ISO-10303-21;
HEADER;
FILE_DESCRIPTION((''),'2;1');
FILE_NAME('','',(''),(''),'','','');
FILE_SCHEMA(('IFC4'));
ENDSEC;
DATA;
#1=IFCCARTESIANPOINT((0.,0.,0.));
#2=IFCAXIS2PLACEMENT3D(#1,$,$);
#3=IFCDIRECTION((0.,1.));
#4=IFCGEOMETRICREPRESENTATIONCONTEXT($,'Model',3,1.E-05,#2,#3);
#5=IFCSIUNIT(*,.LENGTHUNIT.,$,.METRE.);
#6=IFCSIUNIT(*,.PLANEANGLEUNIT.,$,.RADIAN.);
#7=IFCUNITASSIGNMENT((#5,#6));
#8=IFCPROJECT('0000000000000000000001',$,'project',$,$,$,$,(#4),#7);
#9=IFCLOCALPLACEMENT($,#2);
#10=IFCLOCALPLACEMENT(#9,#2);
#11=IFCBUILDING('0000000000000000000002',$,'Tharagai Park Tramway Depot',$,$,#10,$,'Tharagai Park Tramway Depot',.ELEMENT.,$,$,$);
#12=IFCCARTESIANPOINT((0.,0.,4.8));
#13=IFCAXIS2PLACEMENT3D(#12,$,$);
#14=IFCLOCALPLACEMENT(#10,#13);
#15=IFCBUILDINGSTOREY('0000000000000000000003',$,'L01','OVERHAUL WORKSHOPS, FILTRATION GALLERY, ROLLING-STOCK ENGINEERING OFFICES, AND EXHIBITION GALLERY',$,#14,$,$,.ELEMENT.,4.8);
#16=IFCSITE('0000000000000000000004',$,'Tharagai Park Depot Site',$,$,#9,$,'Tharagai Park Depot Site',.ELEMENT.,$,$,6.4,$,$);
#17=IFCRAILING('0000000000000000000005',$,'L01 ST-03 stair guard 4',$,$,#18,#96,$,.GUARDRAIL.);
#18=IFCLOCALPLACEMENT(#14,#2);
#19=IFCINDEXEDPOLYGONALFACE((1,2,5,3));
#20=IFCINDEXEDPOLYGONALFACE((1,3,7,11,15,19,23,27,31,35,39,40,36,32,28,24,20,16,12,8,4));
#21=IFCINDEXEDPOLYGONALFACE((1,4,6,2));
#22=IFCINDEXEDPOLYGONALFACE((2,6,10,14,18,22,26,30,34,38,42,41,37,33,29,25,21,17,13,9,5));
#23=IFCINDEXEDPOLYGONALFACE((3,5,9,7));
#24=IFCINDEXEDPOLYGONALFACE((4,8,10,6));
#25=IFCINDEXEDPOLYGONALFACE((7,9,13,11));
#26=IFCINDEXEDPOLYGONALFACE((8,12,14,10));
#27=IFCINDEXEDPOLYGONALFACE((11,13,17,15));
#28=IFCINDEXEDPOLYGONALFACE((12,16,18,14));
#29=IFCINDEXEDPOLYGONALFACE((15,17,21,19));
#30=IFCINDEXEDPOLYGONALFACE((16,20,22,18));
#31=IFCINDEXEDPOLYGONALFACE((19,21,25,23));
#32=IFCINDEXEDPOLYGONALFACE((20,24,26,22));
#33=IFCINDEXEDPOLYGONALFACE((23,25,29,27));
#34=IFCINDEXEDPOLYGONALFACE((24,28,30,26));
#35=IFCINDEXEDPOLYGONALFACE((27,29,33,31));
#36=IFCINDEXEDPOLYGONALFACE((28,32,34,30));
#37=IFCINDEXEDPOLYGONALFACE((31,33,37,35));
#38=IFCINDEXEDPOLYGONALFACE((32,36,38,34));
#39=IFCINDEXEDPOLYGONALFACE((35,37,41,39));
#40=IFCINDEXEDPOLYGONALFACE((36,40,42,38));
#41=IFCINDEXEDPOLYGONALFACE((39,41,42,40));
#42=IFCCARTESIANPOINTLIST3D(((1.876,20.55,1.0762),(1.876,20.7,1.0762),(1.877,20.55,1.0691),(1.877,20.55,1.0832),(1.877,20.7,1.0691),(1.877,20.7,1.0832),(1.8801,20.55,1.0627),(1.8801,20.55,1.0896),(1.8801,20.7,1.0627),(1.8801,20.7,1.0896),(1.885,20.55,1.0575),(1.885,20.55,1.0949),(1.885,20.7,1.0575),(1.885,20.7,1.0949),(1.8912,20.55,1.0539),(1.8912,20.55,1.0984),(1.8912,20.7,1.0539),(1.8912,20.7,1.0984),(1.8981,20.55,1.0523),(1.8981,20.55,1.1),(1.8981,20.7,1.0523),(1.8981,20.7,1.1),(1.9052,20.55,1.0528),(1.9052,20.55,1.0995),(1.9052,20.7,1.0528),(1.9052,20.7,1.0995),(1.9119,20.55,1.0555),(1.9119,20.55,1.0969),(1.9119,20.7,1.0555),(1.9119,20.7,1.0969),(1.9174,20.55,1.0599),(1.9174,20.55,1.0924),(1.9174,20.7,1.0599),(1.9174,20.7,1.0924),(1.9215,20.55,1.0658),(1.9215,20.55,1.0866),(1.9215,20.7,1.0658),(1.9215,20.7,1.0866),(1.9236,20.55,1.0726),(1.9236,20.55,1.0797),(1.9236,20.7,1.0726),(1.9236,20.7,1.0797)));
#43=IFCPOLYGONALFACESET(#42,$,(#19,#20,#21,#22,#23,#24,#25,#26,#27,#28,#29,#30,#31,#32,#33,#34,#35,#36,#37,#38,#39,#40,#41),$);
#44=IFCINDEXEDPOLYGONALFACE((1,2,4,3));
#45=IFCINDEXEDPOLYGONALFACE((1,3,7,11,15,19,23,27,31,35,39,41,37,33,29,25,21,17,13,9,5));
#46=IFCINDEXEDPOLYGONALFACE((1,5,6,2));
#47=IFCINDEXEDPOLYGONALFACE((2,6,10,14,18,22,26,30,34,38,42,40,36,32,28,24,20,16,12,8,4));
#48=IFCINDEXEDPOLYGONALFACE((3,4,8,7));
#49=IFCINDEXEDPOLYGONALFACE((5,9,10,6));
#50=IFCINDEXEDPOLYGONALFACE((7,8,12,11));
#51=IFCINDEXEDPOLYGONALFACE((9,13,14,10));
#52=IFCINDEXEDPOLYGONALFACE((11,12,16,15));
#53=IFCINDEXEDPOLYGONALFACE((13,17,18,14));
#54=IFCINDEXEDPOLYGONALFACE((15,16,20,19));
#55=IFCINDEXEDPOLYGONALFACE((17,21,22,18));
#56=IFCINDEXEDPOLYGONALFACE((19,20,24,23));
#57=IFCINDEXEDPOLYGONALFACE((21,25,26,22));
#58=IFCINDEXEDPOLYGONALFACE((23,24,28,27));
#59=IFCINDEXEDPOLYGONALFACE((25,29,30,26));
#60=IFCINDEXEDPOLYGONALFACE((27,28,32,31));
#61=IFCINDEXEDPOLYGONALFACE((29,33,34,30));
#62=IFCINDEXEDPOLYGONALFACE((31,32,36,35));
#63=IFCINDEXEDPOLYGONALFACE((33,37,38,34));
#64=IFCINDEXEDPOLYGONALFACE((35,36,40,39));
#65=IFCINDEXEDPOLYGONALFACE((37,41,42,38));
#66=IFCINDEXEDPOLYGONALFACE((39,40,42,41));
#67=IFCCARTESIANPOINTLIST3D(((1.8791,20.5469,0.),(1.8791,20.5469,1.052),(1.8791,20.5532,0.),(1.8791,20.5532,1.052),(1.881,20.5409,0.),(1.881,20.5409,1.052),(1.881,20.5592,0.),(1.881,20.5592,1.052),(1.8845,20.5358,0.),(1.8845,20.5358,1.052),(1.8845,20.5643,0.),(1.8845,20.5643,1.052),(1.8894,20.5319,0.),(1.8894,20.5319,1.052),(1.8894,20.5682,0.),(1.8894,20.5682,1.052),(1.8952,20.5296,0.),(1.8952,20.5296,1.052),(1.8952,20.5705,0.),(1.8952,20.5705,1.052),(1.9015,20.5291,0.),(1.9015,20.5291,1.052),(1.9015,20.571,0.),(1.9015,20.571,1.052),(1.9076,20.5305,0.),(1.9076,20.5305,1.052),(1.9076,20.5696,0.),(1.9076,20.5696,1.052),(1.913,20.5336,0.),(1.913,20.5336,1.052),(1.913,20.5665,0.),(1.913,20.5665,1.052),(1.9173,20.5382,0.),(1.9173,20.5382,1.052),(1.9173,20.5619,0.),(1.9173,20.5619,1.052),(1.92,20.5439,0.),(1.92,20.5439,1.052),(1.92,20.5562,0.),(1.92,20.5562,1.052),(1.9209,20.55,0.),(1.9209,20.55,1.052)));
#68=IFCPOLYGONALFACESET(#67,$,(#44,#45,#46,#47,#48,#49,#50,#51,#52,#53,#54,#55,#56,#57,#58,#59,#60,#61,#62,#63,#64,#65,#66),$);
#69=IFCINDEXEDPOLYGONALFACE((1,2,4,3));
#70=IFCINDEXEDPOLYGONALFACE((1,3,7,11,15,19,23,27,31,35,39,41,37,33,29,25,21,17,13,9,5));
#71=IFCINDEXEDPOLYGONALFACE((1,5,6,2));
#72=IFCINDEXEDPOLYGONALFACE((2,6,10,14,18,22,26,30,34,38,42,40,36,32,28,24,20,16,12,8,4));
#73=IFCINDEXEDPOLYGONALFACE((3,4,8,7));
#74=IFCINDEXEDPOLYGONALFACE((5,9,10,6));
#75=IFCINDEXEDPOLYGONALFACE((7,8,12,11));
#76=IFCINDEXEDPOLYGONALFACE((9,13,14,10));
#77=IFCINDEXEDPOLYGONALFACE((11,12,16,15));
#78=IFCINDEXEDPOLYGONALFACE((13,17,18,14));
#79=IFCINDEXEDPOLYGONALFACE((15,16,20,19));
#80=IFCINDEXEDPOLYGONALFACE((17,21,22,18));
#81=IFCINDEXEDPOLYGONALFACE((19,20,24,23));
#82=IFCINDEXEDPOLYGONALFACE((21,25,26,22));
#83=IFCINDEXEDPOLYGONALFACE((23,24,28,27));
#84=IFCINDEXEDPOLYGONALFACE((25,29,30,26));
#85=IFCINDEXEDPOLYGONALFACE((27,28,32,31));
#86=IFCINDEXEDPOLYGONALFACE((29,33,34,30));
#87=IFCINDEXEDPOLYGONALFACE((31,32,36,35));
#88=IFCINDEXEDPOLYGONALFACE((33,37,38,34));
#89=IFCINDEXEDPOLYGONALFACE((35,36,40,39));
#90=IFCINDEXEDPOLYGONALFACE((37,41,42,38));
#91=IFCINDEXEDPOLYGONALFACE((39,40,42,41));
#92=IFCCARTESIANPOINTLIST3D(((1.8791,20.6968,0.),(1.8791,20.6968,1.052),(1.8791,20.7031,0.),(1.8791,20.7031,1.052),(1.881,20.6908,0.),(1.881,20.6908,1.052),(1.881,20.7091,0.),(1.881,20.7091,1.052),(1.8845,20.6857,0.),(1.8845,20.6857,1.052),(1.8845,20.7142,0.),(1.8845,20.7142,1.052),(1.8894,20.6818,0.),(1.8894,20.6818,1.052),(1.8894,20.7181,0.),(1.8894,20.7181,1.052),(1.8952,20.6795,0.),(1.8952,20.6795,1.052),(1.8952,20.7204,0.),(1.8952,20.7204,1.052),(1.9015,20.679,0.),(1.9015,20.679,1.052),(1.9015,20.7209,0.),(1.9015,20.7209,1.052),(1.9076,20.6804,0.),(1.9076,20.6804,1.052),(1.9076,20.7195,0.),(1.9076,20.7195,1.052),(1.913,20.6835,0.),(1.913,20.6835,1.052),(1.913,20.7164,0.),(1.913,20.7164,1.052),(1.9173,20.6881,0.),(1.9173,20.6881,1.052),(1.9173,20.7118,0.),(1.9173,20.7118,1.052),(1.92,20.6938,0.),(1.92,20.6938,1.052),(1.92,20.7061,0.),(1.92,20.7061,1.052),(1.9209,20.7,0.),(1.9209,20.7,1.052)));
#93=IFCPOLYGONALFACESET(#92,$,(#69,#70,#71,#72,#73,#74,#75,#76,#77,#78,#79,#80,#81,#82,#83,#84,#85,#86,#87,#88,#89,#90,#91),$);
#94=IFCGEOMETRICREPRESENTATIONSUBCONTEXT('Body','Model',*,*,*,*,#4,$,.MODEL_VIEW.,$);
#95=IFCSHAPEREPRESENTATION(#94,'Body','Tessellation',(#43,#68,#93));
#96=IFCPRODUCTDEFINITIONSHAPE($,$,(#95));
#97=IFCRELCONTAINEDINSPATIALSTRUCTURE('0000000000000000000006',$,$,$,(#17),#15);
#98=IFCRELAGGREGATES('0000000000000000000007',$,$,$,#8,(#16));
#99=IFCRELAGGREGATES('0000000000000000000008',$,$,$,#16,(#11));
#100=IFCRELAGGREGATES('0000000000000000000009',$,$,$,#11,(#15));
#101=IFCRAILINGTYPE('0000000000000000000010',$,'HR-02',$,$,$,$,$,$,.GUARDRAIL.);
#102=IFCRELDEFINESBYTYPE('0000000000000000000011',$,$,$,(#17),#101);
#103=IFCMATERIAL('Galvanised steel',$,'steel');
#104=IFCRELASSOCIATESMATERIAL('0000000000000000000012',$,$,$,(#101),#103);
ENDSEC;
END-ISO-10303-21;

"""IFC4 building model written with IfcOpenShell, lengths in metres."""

from ifc_helpers import new_model, si_unit, direction, frame, origin, origin_2d, place, context, subcontext, project, spatial, circle, extrude, material, type_object, element, save


model = new_model("IFC4")

# Units and contexts
model_context = context("Model", 3, precision=1e-05, world=origin(), true_north=direction((0.0, 1.0)))
body_context = subcontext(model_context, "Body", "Model", "MODEL_VIEW")
ifc_project = project(units=[si_unit("LENGTHUNIT", "METRE"), si_unit("PLANEANGLEUNIT", "RADIAN")], contexts=[model_context])

# Site, building, storey
site_placement = place(None, origin())
site = spatial("IfcSite", under=ifc_project, at=site_placement, Name="Tharagai Park Depot Site", LongName="Tharagai Park Depot Site", CompositionType="ELEMENT", RefElevation=6.4)
building_placement = place(site_placement, origin())
building = spatial("IfcBuilding", under=site, at=building_placement, Name="Tharagai Park Tramway Depot", LongName="Tharagai Park Tramway Depot", CompositionType="ELEMENT")
storey_placement = place(building_placement, frame((0.0, 0.0, 4.8)))
storey = spatial("IfcBuildingStorey", under=building, at=storey_placement, Name="L01", Description="OVERHAUL WORKSHOPS, FILTRATION GALLERY, ROLLING-STOCK ENGINEERING OFFICES, AND EXHIBITION GALLERY", CompositionType="ELEMENT", Elevation=4.8)

# Shared definitions
ifc_material_1 = material(Name="Galvanised steel", Category="steel")

# Railing
railing_type_1 = type_object("IfcRailingType", Name="HR-02", PredefinedType="GUARDRAIL", material=ifc_material_1)
railing_1_placement = place(storey_placement, frame((1.8999, 20.55, 0.0)))
element("IfcRailing", 1, at=railing_1_placement, inside=storey, type_object=railing_type_1, Name="L01 ST-03 stair guard 4", PredefinedType="GUARDRAIL", context=body_context, shape_type="SweptSolid", body=[
    extrude(circle(Radius=0.0239, at=origin_2d()), frame((0.0, 0.0, 1.0762), z_axis=(0.0, 1.0, 0.0), x_axis=(-1.0, 0.0, 0.0)), (0.0, 0.0, 1.0), 0.1499),
    extrude(circle(Radius=0.021, at=origin_2d()), origin(), (0.0, 0.0, 1.0), 1.052),
    extrude(circle(Radius=0.021, at=origin_2d()), frame((0.0, 0.1499, 0.0)), (0.0, 0.0, 1.0), 1.052),
])

save(model, "model.ifc")
